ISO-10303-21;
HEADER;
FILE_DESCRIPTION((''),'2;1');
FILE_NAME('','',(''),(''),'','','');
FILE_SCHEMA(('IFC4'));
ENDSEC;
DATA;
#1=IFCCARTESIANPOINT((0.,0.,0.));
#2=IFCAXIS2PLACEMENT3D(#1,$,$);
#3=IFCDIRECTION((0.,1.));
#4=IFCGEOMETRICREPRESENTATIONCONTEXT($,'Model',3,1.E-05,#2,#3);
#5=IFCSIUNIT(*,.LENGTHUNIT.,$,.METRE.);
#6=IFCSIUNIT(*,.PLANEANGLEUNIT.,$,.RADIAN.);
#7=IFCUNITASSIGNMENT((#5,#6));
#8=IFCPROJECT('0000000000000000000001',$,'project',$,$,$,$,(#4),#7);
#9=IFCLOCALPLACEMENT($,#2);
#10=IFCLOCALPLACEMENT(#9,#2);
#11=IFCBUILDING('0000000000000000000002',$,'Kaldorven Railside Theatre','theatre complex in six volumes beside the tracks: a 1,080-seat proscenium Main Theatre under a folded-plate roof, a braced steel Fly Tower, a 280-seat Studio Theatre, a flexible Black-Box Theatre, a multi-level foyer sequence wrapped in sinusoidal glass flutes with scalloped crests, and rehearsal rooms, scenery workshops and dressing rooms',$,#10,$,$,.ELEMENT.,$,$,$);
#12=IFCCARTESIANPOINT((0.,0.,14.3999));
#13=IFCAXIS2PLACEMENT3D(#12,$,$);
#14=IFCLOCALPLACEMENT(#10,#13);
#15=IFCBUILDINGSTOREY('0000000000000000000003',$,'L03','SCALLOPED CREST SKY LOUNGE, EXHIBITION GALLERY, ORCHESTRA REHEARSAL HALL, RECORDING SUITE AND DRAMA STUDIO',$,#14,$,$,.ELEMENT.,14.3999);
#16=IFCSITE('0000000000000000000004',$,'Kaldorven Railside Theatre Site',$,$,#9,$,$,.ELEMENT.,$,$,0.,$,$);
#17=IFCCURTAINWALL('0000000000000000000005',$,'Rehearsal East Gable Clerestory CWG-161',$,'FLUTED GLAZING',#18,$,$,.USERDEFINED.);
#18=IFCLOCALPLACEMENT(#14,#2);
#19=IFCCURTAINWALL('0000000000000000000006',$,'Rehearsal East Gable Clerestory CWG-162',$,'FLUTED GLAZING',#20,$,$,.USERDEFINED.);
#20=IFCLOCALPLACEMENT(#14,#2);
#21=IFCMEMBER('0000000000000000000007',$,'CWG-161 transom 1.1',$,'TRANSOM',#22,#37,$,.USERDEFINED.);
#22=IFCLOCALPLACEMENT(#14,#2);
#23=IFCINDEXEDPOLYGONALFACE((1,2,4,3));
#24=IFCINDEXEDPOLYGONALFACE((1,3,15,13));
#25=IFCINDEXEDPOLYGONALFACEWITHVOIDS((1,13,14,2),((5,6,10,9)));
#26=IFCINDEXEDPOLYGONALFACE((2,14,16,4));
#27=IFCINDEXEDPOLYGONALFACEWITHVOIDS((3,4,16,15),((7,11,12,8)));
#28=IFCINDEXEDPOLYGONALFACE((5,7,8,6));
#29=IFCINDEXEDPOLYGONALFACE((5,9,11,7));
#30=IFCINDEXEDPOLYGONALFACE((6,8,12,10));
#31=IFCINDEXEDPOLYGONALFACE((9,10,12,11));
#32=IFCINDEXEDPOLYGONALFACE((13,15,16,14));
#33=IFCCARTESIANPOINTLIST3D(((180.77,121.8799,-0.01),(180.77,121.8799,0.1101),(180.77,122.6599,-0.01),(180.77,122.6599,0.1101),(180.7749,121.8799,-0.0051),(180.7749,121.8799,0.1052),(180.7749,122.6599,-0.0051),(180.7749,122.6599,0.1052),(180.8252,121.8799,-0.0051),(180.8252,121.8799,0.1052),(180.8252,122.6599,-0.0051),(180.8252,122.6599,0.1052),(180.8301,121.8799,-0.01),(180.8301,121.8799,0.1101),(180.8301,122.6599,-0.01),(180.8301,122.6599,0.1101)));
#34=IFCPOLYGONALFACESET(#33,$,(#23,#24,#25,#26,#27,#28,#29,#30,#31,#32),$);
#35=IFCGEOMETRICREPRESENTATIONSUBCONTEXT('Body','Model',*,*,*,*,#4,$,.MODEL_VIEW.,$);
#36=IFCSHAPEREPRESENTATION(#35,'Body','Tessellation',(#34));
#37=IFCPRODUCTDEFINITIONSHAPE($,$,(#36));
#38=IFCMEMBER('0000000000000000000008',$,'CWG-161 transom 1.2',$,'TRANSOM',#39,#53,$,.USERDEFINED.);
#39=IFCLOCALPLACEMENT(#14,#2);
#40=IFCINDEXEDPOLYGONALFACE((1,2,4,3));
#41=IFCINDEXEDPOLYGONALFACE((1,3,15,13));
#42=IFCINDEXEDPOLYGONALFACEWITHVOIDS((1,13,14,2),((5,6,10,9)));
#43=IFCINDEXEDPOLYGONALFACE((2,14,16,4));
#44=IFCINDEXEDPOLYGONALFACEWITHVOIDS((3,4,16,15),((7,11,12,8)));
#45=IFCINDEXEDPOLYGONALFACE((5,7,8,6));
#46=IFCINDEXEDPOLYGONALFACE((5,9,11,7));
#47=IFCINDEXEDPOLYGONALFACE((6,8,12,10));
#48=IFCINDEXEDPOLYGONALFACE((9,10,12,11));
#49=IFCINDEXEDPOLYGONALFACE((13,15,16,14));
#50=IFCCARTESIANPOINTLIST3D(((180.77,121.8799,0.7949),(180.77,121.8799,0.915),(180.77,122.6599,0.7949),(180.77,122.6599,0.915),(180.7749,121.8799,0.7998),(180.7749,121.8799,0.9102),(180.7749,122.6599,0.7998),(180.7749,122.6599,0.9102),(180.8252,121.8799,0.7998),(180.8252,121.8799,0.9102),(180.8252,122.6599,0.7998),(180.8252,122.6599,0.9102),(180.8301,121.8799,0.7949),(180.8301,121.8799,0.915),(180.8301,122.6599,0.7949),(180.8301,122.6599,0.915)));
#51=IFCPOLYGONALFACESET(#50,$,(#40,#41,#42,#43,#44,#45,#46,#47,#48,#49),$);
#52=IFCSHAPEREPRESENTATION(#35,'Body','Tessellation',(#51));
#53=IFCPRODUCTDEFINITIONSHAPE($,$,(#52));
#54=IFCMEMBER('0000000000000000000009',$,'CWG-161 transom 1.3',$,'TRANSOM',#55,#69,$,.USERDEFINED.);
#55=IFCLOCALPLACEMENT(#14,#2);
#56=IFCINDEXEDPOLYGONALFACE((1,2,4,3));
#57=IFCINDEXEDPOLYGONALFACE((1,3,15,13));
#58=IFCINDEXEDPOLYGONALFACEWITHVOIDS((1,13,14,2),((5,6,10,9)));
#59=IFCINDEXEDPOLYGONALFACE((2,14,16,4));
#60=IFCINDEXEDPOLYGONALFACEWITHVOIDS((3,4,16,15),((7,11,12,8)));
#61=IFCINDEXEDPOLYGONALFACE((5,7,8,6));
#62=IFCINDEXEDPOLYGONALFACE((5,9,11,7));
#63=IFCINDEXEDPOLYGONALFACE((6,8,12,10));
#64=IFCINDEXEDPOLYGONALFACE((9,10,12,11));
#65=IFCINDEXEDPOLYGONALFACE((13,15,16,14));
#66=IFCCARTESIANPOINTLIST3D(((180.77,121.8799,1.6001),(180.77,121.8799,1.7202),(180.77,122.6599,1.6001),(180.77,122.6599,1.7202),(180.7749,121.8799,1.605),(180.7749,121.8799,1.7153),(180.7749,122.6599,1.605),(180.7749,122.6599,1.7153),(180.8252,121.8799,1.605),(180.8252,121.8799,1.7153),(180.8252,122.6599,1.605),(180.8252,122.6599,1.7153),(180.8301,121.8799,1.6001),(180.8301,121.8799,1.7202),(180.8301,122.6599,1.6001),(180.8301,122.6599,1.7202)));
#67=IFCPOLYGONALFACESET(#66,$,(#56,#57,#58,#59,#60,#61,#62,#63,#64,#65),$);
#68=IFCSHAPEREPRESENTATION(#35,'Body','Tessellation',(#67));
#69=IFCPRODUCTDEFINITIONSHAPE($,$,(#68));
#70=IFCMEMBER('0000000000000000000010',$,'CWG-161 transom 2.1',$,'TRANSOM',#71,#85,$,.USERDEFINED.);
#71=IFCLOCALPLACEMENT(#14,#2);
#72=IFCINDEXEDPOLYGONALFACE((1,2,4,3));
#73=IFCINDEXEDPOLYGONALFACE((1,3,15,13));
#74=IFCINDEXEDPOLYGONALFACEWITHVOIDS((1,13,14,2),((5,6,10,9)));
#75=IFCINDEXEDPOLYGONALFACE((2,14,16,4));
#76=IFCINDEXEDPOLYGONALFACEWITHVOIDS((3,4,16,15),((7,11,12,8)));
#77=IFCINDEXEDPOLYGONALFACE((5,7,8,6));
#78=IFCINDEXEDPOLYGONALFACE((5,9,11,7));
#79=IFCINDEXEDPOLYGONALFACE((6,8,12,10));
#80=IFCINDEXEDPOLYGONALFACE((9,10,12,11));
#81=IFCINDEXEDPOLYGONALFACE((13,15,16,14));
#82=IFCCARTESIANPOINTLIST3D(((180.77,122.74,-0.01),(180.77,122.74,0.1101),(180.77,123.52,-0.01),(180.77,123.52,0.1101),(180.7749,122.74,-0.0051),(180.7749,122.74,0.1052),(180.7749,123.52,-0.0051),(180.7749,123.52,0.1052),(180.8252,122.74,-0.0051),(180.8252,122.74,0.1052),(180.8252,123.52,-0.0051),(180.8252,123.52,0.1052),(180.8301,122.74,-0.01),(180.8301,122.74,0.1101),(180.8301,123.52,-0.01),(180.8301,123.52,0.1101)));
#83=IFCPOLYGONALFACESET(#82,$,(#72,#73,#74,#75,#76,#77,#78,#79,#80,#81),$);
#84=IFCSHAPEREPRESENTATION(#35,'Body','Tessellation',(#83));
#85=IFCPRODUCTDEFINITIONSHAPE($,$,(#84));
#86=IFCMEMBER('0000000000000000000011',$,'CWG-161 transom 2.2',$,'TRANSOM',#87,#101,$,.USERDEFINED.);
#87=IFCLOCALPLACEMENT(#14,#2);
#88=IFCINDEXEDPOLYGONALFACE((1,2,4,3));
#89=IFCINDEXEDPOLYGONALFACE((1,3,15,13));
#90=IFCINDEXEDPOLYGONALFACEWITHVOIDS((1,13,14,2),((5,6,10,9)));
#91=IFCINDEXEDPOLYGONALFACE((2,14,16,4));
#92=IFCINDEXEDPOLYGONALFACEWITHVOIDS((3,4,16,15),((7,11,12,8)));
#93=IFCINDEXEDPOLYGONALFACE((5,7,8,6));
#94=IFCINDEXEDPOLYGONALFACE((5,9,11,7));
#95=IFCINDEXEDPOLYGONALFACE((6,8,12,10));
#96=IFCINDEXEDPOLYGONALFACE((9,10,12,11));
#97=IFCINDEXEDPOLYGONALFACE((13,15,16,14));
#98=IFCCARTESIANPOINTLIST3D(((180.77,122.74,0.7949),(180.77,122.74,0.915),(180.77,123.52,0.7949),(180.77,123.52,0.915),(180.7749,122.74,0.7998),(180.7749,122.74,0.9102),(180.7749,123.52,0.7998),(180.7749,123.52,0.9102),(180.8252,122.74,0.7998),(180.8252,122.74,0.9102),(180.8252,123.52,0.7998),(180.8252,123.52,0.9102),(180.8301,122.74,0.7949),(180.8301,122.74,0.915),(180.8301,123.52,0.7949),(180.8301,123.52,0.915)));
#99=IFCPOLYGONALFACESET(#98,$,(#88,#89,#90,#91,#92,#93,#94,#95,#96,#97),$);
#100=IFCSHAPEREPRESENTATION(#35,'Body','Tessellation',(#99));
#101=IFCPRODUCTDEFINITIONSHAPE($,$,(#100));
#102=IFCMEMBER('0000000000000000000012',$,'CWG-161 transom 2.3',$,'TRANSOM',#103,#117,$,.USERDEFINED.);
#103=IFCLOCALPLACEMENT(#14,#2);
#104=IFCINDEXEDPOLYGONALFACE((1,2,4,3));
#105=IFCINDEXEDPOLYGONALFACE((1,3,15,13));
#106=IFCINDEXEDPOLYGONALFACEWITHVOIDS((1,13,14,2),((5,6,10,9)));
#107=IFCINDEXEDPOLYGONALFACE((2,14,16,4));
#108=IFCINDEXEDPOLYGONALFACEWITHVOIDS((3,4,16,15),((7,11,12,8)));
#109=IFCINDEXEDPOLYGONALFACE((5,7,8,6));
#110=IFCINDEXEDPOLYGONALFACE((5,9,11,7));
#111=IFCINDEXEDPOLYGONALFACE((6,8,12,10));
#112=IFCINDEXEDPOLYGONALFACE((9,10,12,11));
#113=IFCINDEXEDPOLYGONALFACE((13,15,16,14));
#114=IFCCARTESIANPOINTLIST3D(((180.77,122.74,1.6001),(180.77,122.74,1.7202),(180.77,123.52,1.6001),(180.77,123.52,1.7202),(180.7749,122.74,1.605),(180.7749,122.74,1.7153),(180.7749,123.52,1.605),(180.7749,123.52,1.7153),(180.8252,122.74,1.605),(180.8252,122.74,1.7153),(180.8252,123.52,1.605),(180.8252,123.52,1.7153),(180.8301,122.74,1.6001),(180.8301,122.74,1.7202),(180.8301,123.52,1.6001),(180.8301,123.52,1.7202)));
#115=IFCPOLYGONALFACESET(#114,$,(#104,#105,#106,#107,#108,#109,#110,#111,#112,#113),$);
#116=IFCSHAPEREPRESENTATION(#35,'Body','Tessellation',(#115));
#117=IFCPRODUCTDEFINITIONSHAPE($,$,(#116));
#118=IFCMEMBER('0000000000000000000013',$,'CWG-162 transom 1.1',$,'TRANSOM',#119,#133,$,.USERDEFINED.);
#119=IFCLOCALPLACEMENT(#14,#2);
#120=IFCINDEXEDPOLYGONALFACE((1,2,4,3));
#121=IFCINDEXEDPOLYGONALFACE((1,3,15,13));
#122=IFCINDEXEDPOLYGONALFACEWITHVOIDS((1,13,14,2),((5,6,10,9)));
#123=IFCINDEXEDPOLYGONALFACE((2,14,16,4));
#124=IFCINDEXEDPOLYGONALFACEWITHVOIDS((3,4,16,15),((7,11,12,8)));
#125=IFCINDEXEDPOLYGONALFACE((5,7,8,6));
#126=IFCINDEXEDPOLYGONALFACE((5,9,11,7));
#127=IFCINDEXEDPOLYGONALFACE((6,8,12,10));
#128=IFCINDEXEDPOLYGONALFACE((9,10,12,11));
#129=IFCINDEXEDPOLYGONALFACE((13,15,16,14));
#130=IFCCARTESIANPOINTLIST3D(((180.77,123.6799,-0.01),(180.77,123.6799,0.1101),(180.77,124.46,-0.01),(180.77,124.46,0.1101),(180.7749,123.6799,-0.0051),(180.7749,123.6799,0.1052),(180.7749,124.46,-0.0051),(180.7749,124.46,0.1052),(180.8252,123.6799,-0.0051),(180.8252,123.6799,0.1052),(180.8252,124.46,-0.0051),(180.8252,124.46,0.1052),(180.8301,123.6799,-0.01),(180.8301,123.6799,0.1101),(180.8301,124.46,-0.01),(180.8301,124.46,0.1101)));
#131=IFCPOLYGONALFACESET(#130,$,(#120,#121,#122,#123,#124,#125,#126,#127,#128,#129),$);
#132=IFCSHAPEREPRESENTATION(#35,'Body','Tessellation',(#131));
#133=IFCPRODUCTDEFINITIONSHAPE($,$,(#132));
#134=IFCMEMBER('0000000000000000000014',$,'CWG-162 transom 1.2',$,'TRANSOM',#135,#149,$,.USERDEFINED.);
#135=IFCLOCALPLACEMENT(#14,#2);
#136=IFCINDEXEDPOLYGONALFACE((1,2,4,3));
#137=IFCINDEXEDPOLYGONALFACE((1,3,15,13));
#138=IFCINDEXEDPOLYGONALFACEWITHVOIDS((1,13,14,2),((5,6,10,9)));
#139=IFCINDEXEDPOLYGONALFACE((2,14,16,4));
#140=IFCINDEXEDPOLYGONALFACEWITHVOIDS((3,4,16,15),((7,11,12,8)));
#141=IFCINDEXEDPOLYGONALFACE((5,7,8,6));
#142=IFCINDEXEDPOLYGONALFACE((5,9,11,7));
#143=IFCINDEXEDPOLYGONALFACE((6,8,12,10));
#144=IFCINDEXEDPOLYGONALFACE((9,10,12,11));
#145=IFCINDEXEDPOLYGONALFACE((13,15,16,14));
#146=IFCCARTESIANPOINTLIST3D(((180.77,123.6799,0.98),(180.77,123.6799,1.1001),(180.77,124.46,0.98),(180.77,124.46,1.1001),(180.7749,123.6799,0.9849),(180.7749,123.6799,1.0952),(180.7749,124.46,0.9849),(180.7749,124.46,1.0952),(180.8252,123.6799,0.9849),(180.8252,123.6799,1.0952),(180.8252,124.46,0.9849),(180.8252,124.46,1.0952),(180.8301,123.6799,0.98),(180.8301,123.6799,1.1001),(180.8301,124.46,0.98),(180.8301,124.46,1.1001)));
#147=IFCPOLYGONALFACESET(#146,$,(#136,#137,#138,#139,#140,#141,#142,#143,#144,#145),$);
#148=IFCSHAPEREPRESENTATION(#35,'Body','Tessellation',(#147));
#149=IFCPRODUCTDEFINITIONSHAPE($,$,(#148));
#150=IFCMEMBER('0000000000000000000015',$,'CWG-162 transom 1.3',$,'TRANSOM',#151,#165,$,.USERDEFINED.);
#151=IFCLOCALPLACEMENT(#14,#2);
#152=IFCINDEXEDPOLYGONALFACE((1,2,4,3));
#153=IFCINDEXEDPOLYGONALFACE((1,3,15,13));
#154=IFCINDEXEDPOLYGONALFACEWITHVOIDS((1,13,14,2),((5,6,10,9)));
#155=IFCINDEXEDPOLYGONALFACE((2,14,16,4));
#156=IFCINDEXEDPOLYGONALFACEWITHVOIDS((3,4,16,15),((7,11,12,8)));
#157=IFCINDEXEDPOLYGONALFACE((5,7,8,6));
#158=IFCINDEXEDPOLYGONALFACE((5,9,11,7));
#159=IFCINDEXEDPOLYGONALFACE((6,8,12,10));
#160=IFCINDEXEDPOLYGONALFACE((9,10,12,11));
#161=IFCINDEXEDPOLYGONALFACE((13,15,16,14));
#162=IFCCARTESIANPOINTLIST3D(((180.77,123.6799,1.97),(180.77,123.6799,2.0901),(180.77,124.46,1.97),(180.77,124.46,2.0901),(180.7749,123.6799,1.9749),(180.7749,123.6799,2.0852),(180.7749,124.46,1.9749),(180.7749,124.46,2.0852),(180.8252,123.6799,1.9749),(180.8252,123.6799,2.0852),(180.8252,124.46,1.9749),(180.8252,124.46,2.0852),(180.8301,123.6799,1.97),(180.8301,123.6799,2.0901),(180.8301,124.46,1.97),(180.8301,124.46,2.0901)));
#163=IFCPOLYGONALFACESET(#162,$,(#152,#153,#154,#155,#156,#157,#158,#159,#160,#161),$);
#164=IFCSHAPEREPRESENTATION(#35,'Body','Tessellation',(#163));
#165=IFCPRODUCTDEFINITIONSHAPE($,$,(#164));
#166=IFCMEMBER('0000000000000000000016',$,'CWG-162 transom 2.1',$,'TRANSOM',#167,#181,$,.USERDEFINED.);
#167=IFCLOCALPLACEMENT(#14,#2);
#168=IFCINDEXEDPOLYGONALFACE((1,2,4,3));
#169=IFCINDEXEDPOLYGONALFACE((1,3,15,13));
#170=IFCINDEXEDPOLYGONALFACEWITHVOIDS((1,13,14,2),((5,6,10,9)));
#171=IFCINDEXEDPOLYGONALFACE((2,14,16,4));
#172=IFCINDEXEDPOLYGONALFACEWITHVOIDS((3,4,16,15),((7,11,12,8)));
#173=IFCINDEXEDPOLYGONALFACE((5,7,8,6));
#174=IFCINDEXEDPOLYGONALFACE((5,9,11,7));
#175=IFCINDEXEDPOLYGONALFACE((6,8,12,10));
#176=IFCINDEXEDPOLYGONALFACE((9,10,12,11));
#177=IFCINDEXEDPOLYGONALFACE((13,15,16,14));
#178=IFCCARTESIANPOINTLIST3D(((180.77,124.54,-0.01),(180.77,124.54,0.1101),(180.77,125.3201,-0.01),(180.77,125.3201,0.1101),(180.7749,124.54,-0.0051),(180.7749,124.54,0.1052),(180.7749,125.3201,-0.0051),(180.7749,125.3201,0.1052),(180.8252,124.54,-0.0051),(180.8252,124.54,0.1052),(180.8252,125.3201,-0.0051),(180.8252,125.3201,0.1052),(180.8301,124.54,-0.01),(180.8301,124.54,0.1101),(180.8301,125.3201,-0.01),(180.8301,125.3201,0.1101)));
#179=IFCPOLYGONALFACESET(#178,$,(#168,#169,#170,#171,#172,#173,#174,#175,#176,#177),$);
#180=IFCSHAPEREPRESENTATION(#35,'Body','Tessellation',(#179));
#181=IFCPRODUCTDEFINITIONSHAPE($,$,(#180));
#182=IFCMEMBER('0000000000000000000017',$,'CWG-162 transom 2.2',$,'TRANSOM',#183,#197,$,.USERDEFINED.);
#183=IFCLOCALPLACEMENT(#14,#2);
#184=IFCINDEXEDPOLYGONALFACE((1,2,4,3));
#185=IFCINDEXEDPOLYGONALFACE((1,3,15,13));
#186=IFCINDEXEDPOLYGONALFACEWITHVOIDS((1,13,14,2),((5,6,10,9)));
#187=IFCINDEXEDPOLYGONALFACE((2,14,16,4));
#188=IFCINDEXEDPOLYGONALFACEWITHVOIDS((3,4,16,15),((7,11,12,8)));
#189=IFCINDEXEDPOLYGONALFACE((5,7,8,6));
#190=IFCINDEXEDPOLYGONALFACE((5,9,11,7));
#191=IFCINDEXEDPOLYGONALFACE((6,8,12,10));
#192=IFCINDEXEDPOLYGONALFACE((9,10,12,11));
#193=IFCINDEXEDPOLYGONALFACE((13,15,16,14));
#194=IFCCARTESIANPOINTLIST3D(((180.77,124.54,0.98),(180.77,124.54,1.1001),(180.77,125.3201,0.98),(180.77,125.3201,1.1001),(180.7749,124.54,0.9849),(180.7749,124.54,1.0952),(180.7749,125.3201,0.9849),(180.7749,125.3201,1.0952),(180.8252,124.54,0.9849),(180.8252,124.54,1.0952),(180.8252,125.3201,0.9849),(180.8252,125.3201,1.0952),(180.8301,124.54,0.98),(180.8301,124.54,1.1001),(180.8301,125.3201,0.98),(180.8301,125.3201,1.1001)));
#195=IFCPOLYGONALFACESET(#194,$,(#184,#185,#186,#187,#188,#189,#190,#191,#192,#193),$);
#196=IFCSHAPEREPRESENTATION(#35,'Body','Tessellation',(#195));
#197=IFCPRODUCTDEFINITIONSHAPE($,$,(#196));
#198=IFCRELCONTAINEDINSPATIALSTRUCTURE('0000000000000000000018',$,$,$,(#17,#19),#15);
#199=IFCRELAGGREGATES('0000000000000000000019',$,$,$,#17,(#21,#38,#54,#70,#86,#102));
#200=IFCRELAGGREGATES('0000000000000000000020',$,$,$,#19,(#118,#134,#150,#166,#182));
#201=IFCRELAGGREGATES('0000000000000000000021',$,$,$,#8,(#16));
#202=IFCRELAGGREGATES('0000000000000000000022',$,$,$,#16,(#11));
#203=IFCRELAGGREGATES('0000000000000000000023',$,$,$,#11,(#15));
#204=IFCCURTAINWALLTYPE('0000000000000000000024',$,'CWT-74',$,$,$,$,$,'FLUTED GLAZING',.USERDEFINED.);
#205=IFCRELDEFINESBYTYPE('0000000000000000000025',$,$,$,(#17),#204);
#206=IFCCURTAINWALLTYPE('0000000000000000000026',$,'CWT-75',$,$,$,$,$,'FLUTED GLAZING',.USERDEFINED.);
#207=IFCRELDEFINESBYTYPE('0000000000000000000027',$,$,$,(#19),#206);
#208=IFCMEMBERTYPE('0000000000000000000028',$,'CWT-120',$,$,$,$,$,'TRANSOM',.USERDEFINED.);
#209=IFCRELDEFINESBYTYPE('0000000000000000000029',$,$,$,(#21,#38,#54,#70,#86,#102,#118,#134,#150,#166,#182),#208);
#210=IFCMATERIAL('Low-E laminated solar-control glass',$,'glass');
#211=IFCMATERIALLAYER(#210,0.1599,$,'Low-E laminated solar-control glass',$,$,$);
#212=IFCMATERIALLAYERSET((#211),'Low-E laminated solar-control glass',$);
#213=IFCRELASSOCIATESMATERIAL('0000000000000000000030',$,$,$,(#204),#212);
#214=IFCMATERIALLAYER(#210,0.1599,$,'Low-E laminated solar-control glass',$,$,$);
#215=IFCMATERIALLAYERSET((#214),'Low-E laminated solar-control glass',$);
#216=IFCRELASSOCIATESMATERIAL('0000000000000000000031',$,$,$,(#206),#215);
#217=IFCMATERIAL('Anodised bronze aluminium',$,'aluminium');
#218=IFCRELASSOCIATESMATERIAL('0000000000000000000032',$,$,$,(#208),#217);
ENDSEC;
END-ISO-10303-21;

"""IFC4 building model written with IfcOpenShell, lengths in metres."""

from ifc_helpers import new_model, si_unit, direction, frame, origin, origin_2d, place, context, subcontext, project, spatial, hollow_rectangle, extrude, material, layer, layer_set, material_profile, profile_set, type_object, element, aggregate, save


model = new_model("IFC4")

# Units and contexts
model_context = context("Model", 3, precision=1e-05, world=origin(), true_north=direction((0.0, 1.0)))
body_context = subcontext(model_context, "Body", "Model", "MODEL_VIEW")
ifc_project = project(units=[si_unit("LENGTHUNIT", "METRE"), si_unit("PLANEANGLEUNIT", "RADIAN")], contexts=[model_context])

# Site, building, storey
site_placement = place(None, origin())
site = spatial("IfcSite", under=ifc_project, at=site_placement, Name="Kaldorven Railside Theatre Site", CompositionType="ELEMENT", RefElevation=0.0)
building_placement = place(site_placement, origin())
building = spatial("IfcBuilding", under=site, at=building_placement, Name="Kaldorven Railside Theatre", Description="theatre complex in six volumes beside the tracks: a 1,080-seat proscenium Main Theatre under a folded-plate roof, a braced steel Fly Tower, a 280-seat Studio Theatre, a flexible Black-Box Theatre, a multi-level foyer sequence wrapped in sinusoidal glass flutes with scalloped crests, and rehearsal rooms, scenery workshops and dressing rooms", CompositionType="ELEMENT")
storey_placement = place(building_placement, frame((0.0, 0.0, 14.3999)))
storey = spatial("IfcBuildingStorey", under=building, at=storey_placement, Name="L03", Description="SCALLOPED CREST SKY LOUNGE, EXHIBITION GALLERY, ORCHESTRA REHEARSAL HALL, RECORDING SUITE AND DRAMA STUDIO", CompositionType="ELEMENT", Elevation=14.3999)

# Curtain walls
ifc_material_1 = material(Name="Low-E laminated solar-control glass", Category="glass")
ifc_layer_1 = layer(ifc_material_1, 0.1599, Name="Low-E laminated solar-control glass")
ifc_layer_set_1 = layer_set([ifc_layer_1], Name="Low-E laminated solar-control glass")
curtain_wall_type_1 = type_object("IfcCurtainWallType", Name="CWT-74", ElementType="FLUTED GLAZING", PredefinedType="USERDEFINED", material=ifc_layer_set_1)
curtain_wall_1_placement = place(storey_placement, origin())
curtain_wall_1 = element("IfcCurtainWall", 1, at=curtain_wall_1_placement, inside=storey, type_object=curtain_wall_type_1, Name="Rehearsal East Gable Clerestory CWG-161", ObjectType="FLUTED GLAZING", PredefinedType="USERDEFINED")
ifc_material_2 = material(Name="Anodised bronze aluminium", Category="aluminium")
ifc_layer_2 = layer(ifc_material_1, 0.1599, Name="Low-E laminated solar-control glass")
ifc_layer_set_2 = layer_set([ifc_layer_2], Name="Low-E laminated solar-control glass")
curtain_wall_type_2 = type_object("IfcCurtainWallType", Name="CWT-75", ElementType="FLUTED GLAZING", PredefinedType="USERDEFINED", material=ifc_layer_set_2)
curtain_wall_2_placement = place(storey_placement, origin())
curtain_wall_2 = element("IfcCurtainWall", 2, at=curtain_wall_2_placement, inside=storey, type_object=curtain_wall_type_2, Name="Rehearsal East Gable Clerestory CWG-162", ObjectType="FLUTED GLAZING", PredefinedType="USERDEFINED")

# Members
ifc_material_profile_1 = material_profile(ifc_material_2, hollow_rectangle(XDim=0.0601, YDim=0.1201, WallThickness=0.0049, at=origin_2d()), Name="RHS 120x60x5")
ifc_profile_set_1 = profile_set([ifc_material_profile_1], Name="Anodised bronze aluminium")
member_type_1 = type_object("IfcMemberType", Name="CWT-120", ElementType="TRANSOM", PredefinedType="USERDEFINED", material=ifc_profile_set_1)
member_1_placement = place(storey_placement, frame((180.8, 121.8799, 0.05), z_axis=(0.0, 1.0, 0.0), x_axis=(-1.0, 0.0, 0.0)))
member_1 = element("IfcMember", 3, at=member_1_placement, type_object=member_type_1, Name="CWG-161 transom 1.1", ObjectType="TRANSOM", PredefinedType="USERDEFINED", context=body_context, shape_type="SweptSolid", body=[
    extrude(hollow_rectangle(XDim=0.0601, YDim=0.1201, WallThickness=0.0049, at=origin_2d()), origin(), (0.0, 0.0, 1.0), 0.78),
])
member_2_placement = place(storey_placement, frame((180.8, 121.8799, 0.855), z_axis=(0.0, 1.0, 0.0), x_axis=(-1.0, 0.0, 0.0)))
member_2 = element("IfcMember", 4, at=member_2_placement, type_object=member_type_1, Name="CWG-161 transom 1.2", ObjectType="TRANSOM", PredefinedType="USERDEFINED", context=body_context, shape_type="SweptSolid", body=[
    extrude(hollow_rectangle(XDim=0.0601, YDim=0.1201, WallThickness=0.0049, at=origin_2d()), origin(), (0.0, 0.0, 1.0), 0.78),
])
member_3_placement = place(storey_placement, frame((180.8, 121.8799, 1.6602), z_axis=(0.0, 1.0, 0.0), x_axis=(-1.0, 0.0, 0.0)))
member_3 = element("IfcMember", 5, at=member_3_placement, type_object=member_type_1, Name="CWG-161 transom 1.3", ObjectType="TRANSOM", PredefinedType="USERDEFINED", context=body_context, shape_type="SweptSolid", body=[
    extrude(hollow_rectangle(XDim=0.0601, YDim=0.1201, WallThickness=0.0049, at=origin_2d()), origin(), (0.0, 0.0, 1.0), 0.78),
])
member_4_placement = place(storey_placement, frame((180.8, 122.74, 0.05), z_axis=(0.0, 1.0, 0.0), x_axis=(-1.0, 0.0, 0.0)))
member_4 = element("IfcMember", 6, at=member_4_placement, type_object=member_type_1, Name="CWG-161 transom 2.1", ObjectType="TRANSOM", PredefinedType="USERDEFINED", context=body_context, shape_type="SweptSolid", body=[
    extrude(hollow_rectangle(XDim=0.0601, YDim=0.1201, WallThickness=0.0049, at=origin_2d()), origin(), (0.0, 0.0, 1.0), 0.78),
])
member_5_placement = place(storey_placement, frame((180.8, 122.74, 0.855), z_axis=(0.0, 1.0, 0.0), x_axis=(-1.0, 0.0, 0.0)))
member_5 = element("IfcMember", 7, at=member_5_placement, type_object=member_type_1, Name="CWG-161 transom 2.2", ObjectType="TRANSOM", PredefinedType="USERDEFINED", context=body_context, shape_type="SweptSolid", body=[
    extrude(hollow_rectangle(XDim=0.0601, YDim=0.1201, WallThickness=0.0049, at=origin_2d()), origin(), (0.0, 0.0, 1.0), 0.78),
])
member_6_placement = place(storey_placement, frame((180.8, 122.74, 1.6602), z_axis=(0.0, 1.0, 0.0), x_axis=(-1.0, 0.0, 0.0)))
member_6 = element("IfcMember", 8, at=member_6_placement, type_object=member_type_1, Name="CWG-161 transom 2.3", ObjectType="TRANSOM", PredefinedType="USERDEFINED", context=body_context, shape_type="SweptSolid", body=[
    extrude(hollow_rectangle(XDim=0.0601, YDim=0.1201, WallThickness=0.0049, at=origin_2d()), origin(), (0.0, 0.0, 1.0), 0.78),
])
member_7_placement = place(storey_placement, frame((180.8, 123.6799, 0.05), z_axis=(0.0, 1.0, 0.0), x_axis=(-1.0, 0.0, 0.0)))
member_7 = element("IfcMember", 9, at=member_7_placement, type_object=member_type_1, Name="CWG-162 transom 1.1", ObjectType="TRANSOM", PredefinedType="USERDEFINED", context=body_context, shape_type="SweptSolid", body=[
    extrude(hollow_rectangle(XDim=0.0601, YDim=0.1201, WallThickness=0.0049, at=origin_2d()), origin(), (0.0, 0.0, 1.0), 0.78),
])
member_8_placement = place(storey_placement, frame((180.8, 123.6799, 1.04), z_axis=(0.0, 1.0, 0.0), x_axis=(-1.0, 0.0, 0.0)))
member_8 = element("IfcMember", 10, at=member_8_placement, type_object=member_type_1, Name="CWG-162 transom 1.2", ObjectType="TRANSOM", PredefinedType="USERDEFINED", context=body_context, shape_type="SweptSolid", body=[
    extrude(hollow_rectangle(XDim=0.0601, YDim=0.1201, WallThickness=0.0049, at=origin_2d()), origin(), (0.0, 0.0, 1.0), 0.78),
])
member_9_placement = place(storey_placement, frame((180.8, 123.6799, 2.03), z_axis=(0.0, 1.0, 0.0), x_axis=(-1.0, 0.0, 0.0)))
member_9 = element("IfcMember", 11, at=member_9_placement, type_object=member_type_1, Name="CWG-162 transom 1.3", ObjectType="TRANSOM", PredefinedType="USERDEFINED", context=body_context, shape_type="SweptSolid", body=[
    extrude(hollow_rectangle(XDim=0.0601, YDim=0.1201, WallThickness=0.0049, at=origin_2d()), origin(), (0.0, 0.0, 1.0), 0.78),
])
member_10_placement = place(storey_placement, frame((180.8, 124.54, 0.05), z_axis=(0.0, 1.0, 0.0), x_axis=(-1.0, 0.0, 0.0)))
member_10 = element("IfcMember", 12, at=member_10_placement, type_object=member_type_1, Name="CWG-162 transom 2.1", ObjectType="TRANSOM", PredefinedType="USERDEFINED", context=body_context, shape_type="SweptSolid", body=[
    extrude(hollow_rectangle(XDim=0.0601, YDim=0.1201, WallThickness=0.0049, at=origin_2d()), origin(), (0.0, 0.0, 1.0), 0.78),
])
member_11_placement = place(storey_placement, frame((180.8, 124.54, 1.04), z_axis=(0.0, 1.0, 0.0), x_axis=(-1.0, 0.0, 0.0)))
member_11 = element("IfcMember", 13, at=member_11_placement, type_object=member_type_1, Name="CWG-162 transom 2.2", ObjectType="TRANSOM", PredefinedType="USERDEFINED", context=body_context, shape_type="SweptSolid", body=[
    extrude(hollow_rectangle(XDim=0.0601, YDim=0.1201, WallThickness=0.0049, at=origin_2d()), origin(), (0.0, 0.0, 1.0), 0.78),
])

aggregate(curtain_wall_1, [member_1, member_2, member_3, member_4, member_5, member_6])
aggregate(curtain_wall_2, [member_7, member_8, member_9, member_10, member_11])

save(model, "model.ifc")
